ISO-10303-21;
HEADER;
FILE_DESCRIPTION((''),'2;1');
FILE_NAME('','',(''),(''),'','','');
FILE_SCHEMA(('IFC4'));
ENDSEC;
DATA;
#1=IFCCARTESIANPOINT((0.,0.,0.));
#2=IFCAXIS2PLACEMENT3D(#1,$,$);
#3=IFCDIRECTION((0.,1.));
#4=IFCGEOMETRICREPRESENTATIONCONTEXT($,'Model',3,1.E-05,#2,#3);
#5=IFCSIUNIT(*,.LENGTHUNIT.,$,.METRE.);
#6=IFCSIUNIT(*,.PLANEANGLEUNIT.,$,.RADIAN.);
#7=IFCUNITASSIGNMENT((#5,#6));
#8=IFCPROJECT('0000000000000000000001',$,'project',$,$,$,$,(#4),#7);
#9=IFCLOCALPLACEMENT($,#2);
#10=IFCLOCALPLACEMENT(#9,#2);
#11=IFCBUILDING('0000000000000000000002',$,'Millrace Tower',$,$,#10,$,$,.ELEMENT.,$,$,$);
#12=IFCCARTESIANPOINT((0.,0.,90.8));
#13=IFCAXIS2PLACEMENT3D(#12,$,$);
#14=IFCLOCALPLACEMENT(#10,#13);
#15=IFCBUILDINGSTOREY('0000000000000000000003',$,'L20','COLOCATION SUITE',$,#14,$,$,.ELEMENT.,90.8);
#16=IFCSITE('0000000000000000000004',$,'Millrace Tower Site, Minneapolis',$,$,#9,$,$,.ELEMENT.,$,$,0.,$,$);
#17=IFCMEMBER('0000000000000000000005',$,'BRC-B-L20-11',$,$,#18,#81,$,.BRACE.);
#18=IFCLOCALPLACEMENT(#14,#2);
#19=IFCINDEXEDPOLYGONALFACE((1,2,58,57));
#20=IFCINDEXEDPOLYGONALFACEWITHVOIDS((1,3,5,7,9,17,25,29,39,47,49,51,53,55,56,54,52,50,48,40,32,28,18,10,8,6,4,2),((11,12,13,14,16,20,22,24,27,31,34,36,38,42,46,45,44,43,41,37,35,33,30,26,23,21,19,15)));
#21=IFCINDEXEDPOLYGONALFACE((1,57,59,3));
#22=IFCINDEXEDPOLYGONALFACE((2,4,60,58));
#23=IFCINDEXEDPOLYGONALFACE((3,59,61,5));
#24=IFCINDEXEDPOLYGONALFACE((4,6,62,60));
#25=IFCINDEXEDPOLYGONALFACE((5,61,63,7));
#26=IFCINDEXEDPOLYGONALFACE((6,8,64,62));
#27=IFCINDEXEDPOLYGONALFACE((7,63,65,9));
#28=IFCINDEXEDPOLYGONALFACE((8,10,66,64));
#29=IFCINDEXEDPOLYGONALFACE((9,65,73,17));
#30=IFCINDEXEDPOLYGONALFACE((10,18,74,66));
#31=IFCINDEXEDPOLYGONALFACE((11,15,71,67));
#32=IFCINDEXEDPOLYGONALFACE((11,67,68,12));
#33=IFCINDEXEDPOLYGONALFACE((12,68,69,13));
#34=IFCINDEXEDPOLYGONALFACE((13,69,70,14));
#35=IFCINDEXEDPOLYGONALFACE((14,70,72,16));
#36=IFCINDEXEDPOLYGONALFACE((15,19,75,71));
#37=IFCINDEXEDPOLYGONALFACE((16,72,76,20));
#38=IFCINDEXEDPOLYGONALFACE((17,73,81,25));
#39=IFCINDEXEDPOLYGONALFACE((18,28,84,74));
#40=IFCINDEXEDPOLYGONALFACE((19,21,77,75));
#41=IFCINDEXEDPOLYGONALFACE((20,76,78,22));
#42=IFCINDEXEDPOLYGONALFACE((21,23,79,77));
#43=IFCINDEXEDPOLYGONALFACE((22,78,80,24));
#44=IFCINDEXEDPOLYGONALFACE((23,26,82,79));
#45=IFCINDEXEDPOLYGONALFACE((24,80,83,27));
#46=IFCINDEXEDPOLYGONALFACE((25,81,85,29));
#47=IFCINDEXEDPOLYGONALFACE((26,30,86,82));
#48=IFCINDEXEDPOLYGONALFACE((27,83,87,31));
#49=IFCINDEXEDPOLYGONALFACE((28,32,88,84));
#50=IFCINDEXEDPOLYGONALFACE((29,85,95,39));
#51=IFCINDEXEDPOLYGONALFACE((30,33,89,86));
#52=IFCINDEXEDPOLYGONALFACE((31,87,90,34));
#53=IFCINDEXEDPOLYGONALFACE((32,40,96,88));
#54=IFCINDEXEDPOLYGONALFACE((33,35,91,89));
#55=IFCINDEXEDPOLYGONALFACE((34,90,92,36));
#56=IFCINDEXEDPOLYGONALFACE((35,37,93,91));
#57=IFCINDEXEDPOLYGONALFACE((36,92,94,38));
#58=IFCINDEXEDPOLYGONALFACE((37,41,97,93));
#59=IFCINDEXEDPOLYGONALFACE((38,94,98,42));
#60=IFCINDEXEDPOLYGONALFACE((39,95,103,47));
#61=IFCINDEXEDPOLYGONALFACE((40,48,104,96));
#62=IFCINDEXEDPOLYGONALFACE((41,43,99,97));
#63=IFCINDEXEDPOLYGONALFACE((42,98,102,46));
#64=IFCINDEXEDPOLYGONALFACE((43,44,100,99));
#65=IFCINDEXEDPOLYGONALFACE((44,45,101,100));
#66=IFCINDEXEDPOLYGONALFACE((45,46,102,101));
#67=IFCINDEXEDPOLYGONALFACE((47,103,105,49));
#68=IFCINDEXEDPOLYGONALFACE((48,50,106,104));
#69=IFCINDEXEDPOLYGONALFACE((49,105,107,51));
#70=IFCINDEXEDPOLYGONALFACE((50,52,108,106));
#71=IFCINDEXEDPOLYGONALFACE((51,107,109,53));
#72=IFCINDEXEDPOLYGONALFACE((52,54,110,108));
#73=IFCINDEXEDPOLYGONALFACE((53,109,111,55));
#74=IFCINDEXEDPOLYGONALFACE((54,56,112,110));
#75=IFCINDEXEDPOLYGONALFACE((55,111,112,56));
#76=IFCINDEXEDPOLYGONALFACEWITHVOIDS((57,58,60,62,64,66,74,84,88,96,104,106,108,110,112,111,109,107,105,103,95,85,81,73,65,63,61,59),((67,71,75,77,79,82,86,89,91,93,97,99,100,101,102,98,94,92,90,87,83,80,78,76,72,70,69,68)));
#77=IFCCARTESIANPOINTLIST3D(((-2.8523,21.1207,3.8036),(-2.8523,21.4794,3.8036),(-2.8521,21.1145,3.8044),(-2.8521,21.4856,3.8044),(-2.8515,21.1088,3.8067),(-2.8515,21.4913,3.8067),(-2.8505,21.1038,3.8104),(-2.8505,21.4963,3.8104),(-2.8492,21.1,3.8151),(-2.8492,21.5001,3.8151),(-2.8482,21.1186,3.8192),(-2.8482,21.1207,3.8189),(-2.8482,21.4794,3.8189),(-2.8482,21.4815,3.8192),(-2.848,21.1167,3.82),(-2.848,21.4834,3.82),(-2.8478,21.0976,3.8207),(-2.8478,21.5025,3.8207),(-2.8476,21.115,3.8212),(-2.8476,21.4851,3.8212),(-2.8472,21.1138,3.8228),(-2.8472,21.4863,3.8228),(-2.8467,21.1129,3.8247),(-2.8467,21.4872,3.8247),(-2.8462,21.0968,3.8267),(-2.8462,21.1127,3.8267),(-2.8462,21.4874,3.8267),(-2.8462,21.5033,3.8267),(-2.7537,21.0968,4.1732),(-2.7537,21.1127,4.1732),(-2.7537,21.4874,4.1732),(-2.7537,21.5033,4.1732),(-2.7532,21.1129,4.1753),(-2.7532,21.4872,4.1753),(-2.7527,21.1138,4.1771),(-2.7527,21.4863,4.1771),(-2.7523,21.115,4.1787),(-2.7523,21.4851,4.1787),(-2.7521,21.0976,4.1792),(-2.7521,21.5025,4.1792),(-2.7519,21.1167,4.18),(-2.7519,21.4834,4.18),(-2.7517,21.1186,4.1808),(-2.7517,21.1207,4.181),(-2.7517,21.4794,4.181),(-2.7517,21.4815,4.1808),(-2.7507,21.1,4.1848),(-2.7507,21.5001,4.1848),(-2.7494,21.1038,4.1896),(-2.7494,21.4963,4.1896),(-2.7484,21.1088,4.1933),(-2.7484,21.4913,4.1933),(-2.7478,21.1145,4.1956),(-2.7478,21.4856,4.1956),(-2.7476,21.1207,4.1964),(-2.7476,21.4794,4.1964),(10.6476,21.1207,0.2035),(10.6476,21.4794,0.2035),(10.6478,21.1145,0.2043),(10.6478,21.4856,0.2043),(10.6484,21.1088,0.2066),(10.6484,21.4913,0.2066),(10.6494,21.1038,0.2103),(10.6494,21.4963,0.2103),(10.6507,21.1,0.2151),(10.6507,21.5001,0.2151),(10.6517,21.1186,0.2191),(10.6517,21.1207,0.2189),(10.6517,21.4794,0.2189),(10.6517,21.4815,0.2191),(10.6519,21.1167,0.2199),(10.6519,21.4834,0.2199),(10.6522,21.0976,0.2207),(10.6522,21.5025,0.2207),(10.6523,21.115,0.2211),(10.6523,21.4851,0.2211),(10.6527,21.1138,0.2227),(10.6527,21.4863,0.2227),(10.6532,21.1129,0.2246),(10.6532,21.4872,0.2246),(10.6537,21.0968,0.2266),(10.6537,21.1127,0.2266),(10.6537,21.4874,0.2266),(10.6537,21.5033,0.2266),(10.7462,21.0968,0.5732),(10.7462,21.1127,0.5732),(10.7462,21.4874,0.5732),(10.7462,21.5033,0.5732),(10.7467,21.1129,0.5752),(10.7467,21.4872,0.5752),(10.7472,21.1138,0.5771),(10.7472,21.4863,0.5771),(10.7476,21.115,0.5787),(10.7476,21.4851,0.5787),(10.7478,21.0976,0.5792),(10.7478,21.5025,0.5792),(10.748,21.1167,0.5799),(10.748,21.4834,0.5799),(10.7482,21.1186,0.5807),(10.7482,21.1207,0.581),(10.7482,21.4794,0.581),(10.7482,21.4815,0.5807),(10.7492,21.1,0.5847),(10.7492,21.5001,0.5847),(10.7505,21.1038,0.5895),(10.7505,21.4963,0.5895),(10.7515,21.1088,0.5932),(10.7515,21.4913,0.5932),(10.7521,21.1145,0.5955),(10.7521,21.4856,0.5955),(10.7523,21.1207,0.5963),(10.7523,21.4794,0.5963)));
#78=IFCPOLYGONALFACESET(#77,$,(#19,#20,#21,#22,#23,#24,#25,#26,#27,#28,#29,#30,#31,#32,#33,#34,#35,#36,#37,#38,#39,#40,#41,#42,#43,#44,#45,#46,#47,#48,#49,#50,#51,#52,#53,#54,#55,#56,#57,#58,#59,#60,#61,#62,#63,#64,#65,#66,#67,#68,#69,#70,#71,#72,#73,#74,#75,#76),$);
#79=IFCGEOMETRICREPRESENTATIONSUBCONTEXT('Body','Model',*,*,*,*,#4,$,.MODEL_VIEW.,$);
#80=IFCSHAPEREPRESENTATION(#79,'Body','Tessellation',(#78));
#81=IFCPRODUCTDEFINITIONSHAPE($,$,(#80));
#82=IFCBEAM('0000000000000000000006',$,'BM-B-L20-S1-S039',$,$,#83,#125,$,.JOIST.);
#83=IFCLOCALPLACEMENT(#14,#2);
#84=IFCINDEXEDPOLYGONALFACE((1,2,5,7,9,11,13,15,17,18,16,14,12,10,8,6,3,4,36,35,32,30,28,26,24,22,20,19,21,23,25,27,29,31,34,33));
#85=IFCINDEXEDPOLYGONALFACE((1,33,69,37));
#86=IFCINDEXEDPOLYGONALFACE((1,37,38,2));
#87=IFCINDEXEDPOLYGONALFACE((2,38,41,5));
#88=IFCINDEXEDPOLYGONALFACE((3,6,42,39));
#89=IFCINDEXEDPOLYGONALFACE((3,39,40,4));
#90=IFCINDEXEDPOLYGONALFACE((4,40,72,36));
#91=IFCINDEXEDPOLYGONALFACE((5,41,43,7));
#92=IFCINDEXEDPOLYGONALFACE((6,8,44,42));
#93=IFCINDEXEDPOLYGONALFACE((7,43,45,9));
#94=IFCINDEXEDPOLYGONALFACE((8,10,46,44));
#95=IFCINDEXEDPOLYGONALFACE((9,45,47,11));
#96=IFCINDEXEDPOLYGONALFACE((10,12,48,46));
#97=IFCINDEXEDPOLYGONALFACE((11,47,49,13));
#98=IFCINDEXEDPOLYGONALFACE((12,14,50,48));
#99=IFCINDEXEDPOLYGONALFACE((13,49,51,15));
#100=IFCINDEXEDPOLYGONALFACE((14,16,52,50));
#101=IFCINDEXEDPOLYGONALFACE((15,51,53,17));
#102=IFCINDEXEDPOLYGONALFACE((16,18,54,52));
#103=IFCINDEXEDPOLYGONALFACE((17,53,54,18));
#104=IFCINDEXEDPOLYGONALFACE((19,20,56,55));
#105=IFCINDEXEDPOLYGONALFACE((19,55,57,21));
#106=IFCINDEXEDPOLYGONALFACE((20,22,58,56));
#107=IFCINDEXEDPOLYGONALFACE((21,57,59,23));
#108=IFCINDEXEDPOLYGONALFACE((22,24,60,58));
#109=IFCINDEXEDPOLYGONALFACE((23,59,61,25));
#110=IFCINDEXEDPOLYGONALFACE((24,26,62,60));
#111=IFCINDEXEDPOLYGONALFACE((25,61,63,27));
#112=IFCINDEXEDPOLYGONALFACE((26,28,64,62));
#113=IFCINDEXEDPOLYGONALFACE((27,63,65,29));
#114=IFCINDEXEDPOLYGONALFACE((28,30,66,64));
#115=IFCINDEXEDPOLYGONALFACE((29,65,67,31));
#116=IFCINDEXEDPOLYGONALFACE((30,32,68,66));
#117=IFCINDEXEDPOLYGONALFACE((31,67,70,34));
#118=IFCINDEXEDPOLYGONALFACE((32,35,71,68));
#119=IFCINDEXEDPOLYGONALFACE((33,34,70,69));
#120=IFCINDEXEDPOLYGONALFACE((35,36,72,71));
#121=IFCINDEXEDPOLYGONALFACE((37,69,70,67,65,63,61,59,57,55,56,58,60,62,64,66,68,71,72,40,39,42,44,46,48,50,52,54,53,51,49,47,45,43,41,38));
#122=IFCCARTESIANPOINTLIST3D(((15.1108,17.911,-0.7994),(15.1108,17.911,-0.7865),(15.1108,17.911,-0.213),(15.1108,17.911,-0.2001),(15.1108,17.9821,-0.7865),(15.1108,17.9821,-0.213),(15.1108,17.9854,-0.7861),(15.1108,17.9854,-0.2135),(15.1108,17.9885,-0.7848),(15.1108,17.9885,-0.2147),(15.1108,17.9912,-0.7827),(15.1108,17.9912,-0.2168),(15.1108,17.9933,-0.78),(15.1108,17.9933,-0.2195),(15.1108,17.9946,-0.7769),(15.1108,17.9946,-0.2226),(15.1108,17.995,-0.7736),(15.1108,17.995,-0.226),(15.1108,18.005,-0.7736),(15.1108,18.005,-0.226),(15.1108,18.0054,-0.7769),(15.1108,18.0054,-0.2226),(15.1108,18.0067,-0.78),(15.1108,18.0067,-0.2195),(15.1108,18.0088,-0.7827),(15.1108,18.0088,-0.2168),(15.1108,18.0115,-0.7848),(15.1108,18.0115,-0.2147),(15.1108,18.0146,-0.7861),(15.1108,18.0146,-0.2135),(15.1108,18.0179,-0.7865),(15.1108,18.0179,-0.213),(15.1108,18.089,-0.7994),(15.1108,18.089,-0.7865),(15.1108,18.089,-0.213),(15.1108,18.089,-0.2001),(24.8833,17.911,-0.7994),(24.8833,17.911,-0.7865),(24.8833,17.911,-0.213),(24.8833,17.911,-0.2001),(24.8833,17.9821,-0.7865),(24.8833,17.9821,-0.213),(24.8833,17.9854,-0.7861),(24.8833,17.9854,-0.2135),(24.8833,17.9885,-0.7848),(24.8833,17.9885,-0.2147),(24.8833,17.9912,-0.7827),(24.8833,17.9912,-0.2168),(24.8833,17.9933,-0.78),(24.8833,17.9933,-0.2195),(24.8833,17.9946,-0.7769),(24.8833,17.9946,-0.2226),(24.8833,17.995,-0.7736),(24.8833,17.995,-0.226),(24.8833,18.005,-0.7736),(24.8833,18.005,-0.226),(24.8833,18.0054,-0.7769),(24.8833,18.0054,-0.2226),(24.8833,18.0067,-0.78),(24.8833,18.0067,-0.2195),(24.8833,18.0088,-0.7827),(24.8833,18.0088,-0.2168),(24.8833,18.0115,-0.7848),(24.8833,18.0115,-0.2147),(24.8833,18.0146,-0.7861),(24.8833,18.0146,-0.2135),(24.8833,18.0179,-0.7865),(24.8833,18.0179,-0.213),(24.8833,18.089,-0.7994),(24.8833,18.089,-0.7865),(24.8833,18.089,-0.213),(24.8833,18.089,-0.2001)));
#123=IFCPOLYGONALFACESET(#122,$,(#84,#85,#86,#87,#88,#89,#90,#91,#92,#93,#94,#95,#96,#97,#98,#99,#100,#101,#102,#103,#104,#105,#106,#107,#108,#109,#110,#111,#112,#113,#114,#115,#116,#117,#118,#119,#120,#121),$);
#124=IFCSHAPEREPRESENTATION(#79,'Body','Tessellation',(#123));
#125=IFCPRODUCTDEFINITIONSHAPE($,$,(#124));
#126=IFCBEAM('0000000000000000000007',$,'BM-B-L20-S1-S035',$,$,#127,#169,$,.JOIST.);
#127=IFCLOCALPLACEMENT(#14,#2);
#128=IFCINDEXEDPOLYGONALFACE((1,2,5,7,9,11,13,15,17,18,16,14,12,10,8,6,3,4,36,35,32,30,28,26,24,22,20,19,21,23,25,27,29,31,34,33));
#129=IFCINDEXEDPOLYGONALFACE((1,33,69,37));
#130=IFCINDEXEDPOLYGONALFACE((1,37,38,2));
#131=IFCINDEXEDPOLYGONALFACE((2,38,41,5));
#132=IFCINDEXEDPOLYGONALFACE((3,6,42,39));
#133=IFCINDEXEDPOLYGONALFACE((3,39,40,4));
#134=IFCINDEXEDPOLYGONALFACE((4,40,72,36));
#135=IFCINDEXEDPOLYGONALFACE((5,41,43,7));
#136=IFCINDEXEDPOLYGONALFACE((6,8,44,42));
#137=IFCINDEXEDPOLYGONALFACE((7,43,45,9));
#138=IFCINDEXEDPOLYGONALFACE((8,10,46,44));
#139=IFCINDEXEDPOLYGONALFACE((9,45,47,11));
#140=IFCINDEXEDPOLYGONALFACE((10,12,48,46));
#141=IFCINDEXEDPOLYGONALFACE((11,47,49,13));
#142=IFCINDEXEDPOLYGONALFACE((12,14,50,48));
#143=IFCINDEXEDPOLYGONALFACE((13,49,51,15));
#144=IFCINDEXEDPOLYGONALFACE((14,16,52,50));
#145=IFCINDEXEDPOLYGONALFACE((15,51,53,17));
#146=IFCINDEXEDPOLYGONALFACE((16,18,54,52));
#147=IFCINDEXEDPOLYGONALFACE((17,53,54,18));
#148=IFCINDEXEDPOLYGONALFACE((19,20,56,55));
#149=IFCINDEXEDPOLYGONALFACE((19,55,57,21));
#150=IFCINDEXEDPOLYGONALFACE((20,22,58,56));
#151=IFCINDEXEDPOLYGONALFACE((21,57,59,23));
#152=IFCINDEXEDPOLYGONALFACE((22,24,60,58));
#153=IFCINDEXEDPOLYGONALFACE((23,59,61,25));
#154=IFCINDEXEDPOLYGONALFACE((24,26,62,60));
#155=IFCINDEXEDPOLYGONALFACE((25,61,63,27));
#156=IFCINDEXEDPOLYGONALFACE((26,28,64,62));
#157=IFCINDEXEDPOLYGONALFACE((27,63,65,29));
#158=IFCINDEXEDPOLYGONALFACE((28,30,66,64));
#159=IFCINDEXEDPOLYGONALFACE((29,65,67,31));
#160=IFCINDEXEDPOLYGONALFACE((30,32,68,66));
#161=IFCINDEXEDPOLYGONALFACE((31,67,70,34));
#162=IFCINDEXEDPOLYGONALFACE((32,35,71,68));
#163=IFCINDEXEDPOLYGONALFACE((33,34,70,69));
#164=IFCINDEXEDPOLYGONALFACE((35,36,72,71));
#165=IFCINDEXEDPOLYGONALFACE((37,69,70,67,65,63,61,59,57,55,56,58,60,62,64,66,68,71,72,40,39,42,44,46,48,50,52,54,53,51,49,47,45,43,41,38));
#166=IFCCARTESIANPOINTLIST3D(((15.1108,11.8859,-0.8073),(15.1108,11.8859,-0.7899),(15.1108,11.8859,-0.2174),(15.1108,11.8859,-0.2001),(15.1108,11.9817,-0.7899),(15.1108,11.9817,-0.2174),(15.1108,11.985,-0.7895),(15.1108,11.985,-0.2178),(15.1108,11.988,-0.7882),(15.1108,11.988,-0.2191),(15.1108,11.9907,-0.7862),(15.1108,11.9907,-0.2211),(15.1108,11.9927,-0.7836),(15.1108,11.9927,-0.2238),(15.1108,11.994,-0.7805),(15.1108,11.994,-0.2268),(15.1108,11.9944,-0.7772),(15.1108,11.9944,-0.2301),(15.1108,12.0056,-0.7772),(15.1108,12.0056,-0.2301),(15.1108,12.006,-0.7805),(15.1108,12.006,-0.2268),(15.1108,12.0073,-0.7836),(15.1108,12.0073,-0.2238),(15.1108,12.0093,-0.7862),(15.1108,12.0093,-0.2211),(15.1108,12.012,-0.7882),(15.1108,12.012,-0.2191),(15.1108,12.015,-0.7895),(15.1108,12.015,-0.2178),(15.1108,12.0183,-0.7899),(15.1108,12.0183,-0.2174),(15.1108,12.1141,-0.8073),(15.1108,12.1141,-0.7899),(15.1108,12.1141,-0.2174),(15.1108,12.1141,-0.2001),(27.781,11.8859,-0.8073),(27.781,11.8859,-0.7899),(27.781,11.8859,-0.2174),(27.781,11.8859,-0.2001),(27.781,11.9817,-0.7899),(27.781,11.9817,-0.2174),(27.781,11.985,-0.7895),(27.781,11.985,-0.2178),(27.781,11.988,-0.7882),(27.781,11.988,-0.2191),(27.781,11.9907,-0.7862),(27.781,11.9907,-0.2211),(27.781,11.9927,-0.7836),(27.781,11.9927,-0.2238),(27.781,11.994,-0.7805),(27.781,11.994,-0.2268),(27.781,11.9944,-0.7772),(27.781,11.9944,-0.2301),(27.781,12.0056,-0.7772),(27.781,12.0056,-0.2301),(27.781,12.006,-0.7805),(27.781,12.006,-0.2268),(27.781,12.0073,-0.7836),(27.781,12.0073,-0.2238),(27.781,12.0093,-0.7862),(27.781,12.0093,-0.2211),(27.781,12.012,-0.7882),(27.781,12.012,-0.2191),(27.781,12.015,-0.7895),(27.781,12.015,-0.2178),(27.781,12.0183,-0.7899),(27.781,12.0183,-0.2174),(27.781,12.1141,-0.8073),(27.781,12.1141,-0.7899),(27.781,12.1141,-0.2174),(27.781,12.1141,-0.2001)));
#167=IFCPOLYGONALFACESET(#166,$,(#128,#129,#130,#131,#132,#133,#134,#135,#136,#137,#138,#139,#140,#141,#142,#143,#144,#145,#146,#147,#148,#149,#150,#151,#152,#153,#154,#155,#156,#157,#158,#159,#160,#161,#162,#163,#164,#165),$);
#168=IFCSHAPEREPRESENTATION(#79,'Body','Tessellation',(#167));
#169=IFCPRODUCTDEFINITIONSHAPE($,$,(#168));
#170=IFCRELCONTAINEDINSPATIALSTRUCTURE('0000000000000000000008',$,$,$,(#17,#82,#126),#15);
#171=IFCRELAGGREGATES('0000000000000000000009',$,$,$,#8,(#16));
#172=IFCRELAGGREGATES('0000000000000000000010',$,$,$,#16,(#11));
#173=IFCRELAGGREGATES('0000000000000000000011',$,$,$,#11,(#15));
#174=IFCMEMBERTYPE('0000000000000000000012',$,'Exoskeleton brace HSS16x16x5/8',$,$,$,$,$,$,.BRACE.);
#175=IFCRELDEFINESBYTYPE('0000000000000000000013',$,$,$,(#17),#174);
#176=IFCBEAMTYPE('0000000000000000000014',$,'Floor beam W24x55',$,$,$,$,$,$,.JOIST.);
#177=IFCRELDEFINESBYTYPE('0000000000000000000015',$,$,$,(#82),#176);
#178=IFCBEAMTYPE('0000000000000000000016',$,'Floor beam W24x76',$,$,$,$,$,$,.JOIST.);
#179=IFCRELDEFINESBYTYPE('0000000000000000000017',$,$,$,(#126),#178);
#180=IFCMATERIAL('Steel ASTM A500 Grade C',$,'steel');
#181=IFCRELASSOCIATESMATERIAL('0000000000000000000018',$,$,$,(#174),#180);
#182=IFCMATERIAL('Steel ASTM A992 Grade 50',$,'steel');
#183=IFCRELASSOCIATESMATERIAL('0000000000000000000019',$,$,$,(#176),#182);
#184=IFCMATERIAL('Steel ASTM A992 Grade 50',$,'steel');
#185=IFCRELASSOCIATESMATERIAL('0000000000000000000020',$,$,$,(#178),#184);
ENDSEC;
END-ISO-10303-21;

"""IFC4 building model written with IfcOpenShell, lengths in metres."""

from ifc_helpers import new_model, si_unit, direction, frame, origin, origin_2d, place, context, subcontext, project, spatial, hollow_rectangle, i_section, extrude, material, material_profile, profile_set, type_object, element, save


model = new_model("IFC4")

# Units and contexts
model_context = context("Model", 3, precision=1e-05, world=origin(), true_north=direction((0.0, 1.0)))
body_context = subcontext(model_context, "Body", "Model", "MODEL_VIEW")
ifc_project = project(units=[si_unit("LENGTHUNIT", "METRE"), si_unit("PLANEANGLEUNIT", "RADIAN")], contexts=[model_context])

# Site, building, storey
site_placement = place(None, origin())
site = spatial("IfcSite", under=ifc_project, at=site_placement, Name="Millrace Tower Site, Minneapolis", CompositionType="ELEMENT", RefElevation=0.0)
building_placement = place(site_placement, origin())
building = spatial("IfcBuilding", under=site, at=building_placement, Name="Millrace Tower", CompositionType="ELEMENT")
storey_placement = place(building_placement, frame((0.0, 0.0, 90.8)))
storey = spatial("IfcBuildingStorey", under=building, at=storey_placement, Name="L20", Description="COLOCATION SUITE", CompositionType="ELEMENT", Elevation=90.8)

# Member
ifc_material_1 = material(Name="Steel ASTM A500 Grade C", Category="steel")
ifc_material_profile_1 = material_profile(ifc_material_1, hollow_rectangle(XDim=0.4065, YDim=0.4065, WallThickness=0.0159, InnerFilletRadius=0.0081, OuterFilletRadius=0.0239, at=origin_2d()))
ifc_profile_set_1 = profile_set([ifc_material_profile_1], Name="Steel ASTM A500 Grade C")
member_type_1 = type_object("IfcMemberType", Name="Exoskeleton brace HSS16x16x5/8", PredefinedType="BRACE", material=ifc_profile_set_1)
member_1_placement = place(storey_placement, frame((10.7, 21.3, 0.3999), z_axis=(-0.966233, 0.0, 0.257669), x_axis=(0.0, -1.0, 0.0)))
element("IfcMember", 1, at=member_1_placement, inside=storey, type_object=member_type_1, Name="BRC-B-L20-11", PredefinedType="BRACE", context=body_context, shape_type="SweptSolid", body=[
    extrude(hollow_rectangle(XDim=0.4065, YDim=0.4065, WallThickness=0.0159, InnerFilletRadius=0.0081, OuterFilletRadius=0.0239, at=origin_2d()), origin(), (0.0, 0.0, 1.0), 13.9717),
])

# Beams
ifc_material_2 = material(Name="Steel ASTM A992 Grade 50", Category="steel")
ifc_material_profile_2 = material_profile(ifc_material_2, i_section(OverallWidth=0.178, OverallDepth=0.5994, WebThickness=0.01, FlangeThickness=0.0129, FilletRadius=0.0129, at=origin_2d()))
ifc_profile_set_2 = profile_set([ifc_material_profile_2], Name="Steel ASTM A992 Grade 50")
beam_type_1 = type_object("IfcBeamType", Name="Floor beam W24x55", PredefinedType="JOIST", material=ifc_profile_set_2)
beam_1_placement = place(storey_placement, frame((15.1108, 18.0, -0.4998), z_axis=(1.0, 0.0, 0.0), x_axis=(0.0, 1.0, 0.0)))
element("IfcBeam", 2, at=beam_1_placement, inside=storey, type_object=beam_type_1, Name="BM-B-L20-S1-S039", PredefinedType="JOIST", context=body_context, shape_type="SweptSolid", body=[
    extrude(i_section(OverallWidth=0.178, OverallDepth=0.5994, WebThickness=0.01, FlangeThickness=0.0129, FilletRadius=0.0129, at=origin_2d()), origin(), (0.0, 0.0, 1.0), 9.7725),
])
ifc_material_3 = material(Name="Steel ASTM A992 Grade 50", Category="steel")
ifc_material_profile_3 = material_profile(ifc_material_3, i_section(OverallWidth=0.2283, OverallDepth=0.6072, WebThickness=0.0112, FlangeThickness=0.0173, FilletRadius=0.0127, at=origin_2d()))
ifc_profile_set_3 = profile_set([ifc_material_profile_3], Name="Steel ASTM A992 Grade 50")
beam_type_2 = type_object("IfcBeamType", Name="Floor beam W24x76", PredefinedType="JOIST", material=ifc_profile_set_3)
for number, where, z_axis, x_axis, name in (
    (3, (15.1108, 12.0, -0.5037), (1.0, 0.0, 0.0), (0.0, 1.0, 0.0), "BM-B-L20-S1-S035"),
):
    element("IfcBeam", number, at=place(storey_placement, frame(where, z_axis=z_axis, x_axis=x_axis)), inside=storey, type_object=beam_type_2, Name=name, PredefinedType="JOIST", context=body_context, shape_type="SweptSolid", body=[
        extrude(i_section(OverallWidth=0.2283, OverallDepth=0.6072, WebThickness=0.0112, FlangeThickness=0.0173, FilletRadius=0.0127, at=origin_2d()), origin(), (0.0, 0.0, 1.0), 12.6702),
    ])

save(model, "model.ifc")
